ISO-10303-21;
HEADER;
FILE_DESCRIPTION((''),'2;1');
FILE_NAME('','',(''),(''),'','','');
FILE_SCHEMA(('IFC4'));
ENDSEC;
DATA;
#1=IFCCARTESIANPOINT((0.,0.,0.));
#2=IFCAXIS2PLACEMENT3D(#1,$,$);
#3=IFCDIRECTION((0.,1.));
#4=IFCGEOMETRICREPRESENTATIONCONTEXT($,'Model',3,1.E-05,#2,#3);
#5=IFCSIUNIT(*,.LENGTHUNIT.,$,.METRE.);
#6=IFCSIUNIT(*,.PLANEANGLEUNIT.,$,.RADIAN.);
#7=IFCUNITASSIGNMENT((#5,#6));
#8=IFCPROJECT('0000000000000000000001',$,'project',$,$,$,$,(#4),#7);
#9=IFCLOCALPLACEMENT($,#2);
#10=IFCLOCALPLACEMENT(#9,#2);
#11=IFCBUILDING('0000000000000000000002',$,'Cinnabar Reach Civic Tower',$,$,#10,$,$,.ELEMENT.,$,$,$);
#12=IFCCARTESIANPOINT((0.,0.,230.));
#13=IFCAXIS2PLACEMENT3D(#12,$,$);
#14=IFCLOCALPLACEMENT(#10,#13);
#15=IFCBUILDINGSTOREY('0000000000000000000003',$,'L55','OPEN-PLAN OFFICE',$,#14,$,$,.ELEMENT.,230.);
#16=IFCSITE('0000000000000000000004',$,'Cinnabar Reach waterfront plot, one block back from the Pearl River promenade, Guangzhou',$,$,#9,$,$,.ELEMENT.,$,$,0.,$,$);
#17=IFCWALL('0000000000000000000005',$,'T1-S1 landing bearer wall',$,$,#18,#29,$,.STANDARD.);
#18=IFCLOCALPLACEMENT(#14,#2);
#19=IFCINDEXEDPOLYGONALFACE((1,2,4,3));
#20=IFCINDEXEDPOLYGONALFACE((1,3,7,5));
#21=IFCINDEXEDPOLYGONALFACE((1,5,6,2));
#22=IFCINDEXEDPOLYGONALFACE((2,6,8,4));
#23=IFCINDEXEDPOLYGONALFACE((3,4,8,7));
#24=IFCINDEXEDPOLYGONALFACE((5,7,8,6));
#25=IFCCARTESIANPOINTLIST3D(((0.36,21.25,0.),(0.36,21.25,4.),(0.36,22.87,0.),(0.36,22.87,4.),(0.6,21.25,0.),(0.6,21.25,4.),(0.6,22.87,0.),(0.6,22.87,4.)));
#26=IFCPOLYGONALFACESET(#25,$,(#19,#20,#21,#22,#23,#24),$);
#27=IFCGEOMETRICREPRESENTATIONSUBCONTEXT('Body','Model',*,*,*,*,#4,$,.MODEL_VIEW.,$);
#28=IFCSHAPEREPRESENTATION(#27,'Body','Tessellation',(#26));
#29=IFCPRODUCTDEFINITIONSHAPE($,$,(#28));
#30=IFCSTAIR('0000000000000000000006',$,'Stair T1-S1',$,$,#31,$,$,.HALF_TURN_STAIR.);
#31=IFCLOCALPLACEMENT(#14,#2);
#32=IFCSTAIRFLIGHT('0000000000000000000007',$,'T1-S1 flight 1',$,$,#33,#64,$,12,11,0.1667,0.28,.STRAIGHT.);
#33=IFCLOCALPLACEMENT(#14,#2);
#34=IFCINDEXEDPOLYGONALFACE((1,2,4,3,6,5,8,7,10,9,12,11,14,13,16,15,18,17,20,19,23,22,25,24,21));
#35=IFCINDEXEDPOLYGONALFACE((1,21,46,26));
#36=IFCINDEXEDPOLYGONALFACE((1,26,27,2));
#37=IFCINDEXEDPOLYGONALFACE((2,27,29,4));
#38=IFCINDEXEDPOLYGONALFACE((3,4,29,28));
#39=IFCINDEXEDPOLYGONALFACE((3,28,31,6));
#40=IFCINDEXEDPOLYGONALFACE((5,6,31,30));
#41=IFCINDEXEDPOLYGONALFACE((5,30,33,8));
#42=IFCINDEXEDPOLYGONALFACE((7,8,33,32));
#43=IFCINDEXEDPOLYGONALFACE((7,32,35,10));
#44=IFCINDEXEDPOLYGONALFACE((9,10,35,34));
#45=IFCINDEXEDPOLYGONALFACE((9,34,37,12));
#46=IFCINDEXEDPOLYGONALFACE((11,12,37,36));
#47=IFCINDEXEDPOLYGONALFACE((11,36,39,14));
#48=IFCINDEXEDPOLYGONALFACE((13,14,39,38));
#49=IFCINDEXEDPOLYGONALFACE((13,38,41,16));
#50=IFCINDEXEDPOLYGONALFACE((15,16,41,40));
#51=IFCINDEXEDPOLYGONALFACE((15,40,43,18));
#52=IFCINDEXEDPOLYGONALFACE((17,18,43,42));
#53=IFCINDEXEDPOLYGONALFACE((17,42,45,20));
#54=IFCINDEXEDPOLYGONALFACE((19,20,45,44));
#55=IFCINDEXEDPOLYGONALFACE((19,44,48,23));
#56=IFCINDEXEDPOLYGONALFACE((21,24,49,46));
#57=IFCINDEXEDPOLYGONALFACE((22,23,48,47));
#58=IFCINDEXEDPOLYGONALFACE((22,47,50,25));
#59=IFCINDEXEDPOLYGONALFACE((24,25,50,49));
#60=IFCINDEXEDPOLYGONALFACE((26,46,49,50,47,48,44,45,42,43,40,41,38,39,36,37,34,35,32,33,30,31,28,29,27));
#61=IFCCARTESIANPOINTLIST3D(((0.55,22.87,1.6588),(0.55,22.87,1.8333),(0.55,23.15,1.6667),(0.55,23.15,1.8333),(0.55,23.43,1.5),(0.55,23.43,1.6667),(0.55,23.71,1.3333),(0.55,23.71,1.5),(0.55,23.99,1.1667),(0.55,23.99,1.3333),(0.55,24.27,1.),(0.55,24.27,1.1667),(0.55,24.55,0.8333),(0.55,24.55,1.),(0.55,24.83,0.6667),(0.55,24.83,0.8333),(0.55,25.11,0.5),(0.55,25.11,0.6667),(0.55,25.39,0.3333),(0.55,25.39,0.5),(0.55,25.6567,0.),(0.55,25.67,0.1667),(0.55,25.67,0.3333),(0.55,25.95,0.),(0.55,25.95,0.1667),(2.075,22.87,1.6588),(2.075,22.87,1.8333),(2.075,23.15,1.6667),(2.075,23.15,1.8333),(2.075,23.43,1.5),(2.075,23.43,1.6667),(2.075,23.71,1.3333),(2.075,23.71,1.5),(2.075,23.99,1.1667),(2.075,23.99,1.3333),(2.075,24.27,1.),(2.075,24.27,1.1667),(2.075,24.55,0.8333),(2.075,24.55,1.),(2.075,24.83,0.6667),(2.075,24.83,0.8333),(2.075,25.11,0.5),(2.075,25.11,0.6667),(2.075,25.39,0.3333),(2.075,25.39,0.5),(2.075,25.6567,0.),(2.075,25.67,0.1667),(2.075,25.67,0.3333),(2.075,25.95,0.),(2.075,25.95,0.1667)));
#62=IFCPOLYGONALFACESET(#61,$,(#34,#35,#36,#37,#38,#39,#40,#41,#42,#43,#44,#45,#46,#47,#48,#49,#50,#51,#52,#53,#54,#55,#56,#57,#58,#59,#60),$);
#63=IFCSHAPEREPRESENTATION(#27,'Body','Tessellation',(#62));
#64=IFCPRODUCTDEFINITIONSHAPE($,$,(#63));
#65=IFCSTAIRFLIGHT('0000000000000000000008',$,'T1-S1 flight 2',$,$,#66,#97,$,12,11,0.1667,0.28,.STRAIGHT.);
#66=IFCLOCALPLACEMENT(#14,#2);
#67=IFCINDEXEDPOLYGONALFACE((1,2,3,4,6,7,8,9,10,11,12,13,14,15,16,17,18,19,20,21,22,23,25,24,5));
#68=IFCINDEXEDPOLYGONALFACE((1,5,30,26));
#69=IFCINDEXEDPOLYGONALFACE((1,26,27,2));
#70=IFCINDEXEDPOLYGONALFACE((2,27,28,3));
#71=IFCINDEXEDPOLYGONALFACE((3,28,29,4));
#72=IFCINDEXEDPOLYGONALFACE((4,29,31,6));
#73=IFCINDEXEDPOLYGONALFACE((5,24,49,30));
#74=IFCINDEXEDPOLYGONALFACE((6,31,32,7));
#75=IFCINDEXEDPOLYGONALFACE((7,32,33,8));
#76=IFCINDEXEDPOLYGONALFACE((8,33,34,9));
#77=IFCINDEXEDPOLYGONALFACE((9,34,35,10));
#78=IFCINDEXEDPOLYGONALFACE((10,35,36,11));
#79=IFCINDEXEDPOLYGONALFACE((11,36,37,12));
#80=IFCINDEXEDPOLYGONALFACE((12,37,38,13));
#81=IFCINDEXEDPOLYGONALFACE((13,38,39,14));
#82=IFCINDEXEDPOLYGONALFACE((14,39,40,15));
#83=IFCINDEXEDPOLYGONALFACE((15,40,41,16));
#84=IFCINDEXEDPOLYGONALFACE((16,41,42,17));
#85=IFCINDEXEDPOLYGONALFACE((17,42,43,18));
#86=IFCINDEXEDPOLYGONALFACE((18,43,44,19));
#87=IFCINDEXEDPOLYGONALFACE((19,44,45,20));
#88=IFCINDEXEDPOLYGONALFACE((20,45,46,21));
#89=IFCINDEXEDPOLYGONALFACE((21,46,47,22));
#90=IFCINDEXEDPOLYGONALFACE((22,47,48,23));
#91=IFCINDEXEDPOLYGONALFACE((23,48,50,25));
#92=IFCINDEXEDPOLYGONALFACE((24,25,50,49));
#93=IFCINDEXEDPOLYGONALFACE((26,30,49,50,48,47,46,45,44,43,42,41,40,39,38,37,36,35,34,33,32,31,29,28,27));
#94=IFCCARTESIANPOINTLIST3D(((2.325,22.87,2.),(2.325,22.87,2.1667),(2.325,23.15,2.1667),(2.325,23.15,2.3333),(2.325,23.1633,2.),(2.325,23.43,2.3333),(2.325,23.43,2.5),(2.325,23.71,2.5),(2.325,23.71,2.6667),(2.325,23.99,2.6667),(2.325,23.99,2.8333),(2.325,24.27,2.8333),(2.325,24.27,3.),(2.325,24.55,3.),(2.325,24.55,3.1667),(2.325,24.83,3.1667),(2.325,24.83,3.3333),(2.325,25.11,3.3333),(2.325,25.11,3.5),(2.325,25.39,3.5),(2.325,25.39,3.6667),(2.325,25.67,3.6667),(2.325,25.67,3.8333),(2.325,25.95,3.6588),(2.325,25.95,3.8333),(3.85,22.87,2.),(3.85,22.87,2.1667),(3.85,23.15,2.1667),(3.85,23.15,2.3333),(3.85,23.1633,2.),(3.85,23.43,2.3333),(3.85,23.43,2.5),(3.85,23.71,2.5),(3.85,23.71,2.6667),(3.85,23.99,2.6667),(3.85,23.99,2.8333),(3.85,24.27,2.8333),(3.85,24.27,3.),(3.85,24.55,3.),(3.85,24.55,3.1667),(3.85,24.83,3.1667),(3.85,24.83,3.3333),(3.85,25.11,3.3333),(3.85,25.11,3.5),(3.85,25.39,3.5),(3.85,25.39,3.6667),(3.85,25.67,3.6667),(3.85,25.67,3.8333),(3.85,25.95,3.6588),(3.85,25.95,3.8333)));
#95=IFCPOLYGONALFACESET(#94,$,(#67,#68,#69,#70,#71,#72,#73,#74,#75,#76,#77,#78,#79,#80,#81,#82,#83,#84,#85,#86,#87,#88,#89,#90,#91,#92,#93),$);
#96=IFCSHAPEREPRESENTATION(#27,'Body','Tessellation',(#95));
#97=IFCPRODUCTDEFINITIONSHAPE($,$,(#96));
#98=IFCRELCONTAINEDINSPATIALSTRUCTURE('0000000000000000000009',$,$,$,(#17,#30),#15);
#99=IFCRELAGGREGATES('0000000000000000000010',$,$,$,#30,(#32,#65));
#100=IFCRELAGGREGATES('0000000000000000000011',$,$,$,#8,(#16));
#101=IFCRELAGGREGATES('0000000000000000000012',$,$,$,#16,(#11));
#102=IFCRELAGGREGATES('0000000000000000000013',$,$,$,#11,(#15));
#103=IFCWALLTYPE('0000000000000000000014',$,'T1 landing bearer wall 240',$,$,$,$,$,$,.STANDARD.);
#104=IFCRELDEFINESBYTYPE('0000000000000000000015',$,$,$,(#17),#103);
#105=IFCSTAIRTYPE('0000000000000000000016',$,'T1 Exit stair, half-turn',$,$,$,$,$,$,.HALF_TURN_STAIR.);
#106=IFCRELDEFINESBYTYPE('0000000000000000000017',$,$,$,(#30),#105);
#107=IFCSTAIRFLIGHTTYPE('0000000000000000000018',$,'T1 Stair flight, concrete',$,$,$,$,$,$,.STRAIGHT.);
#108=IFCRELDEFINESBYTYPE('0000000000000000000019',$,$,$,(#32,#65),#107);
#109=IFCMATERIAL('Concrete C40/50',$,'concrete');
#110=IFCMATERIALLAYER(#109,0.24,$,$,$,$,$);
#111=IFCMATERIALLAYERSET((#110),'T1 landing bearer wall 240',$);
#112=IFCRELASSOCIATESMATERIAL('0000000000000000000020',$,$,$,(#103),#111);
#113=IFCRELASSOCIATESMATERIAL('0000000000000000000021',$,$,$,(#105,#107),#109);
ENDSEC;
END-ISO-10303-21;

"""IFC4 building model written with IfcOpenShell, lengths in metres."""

from ifc_helpers import new_model, si_unit, direction, frame, frame_2d, origin, place, context, subcontext, project, spatial, polyline, rectangle, outline, extrude, material, layer, layer_set, type_object, element, aggregate, save


model = new_model("IFC4")

# Units and contexts
model_context = context("Model", 3, precision=1e-05, world=origin(), true_north=direction((0.0, 1.0)))
body_context = subcontext(model_context, "Body", "Model", "MODEL_VIEW")
ifc_project = project(units=[si_unit("LENGTHUNIT", "METRE"), si_unit("PLANEANGLEUNIT", "RADIAN")], contexts=[model_context])

# Site, building, storey
site_placement = place(None, origin())
site = spatial("IfcSite", under=ifc_project, at=site_placement, Name="Cinnabar Reach waterfront plot, one block back from the Pearl River promenade, Guangzhou", CompositionType="ELEMENT", RefElevation=0.0)
building_placement = place(site_placement, origin())
building = spatial("IfcBuilding", under=site, at=building_placement, Name="Cinnabar Reach Civic Tower", CompositionType="ELEMENT")
storey_placement = place(building_placement, frame((0.0, 0.0, 230.0)))
storey = spatial("IfcBuildingStorey", under=building, at=storey_placement, Name="L55", Description="OPEN-PLAN OFFICE", CompositionType="ELEMENT", Elevation=230.0)

# Wall
ifc_material_1 = material(Name="Concrete C40/50", Category="concrete")
ifc_layer_1 = layer(ifc_material_1, 0.24)
ifc_layer_set_1 = layer_set([ifc_layer_1], Name="T1 landing bearer wall 240")
wall_type_1 = type_object("IfcWallType", Name="T1 landing bearer wall 240", PredefinedType="STANDARD", material=ifc_layer_set_1)
wall_1_placement = place(storey_placement, frame((0.48, 21.25, 0.0), z_axis=(0.0, 0.0, 1.0), x_axis=(0.0, 1.0, 0.0)))
element("IfcWall", 1, at=wall_1_placement, inside=storey, type_object=wall_type_1, Name="T1-S1 landing bearer wall", PredefinedType="STANDARD", context=body_context, shape_type="SweptSolid", body=[
    extrude(rectangle(XDim=1.62, YDim=0.24, at=frame_2d((0.81, 0.0))), origin(), (0.0, 0.0, 1.0), 4.0),
])

# Stair, stair flights
stair_type = type_object("IfcStairType", Name="T1 Exit stair, half-turn", PredefinedType="HALF_TURN_STAIR", material=ifc_material_1)
stair_placement = place(storey_placement, origin())
stair = element("IfcStair", 2, at=stair_placement, inside=storey, type_object=stair_type, Name="Stair T1-S1", PredefinedType="HALF_TURN_STAIR")
stair_flight_type = type_object("IfcStairFlightType", Name="T1 Stair flight, concrete", PredefinedType="STRAIGHT", material=ifc_material_1)
stair_flight_1_placement = place(storey_placement, frame((1.3125, 25.95, 0.0), z_axis=(0.0, 0.0, 1.0), x_axis=(0.0, -1.0, 0.0)))
stair_flight_1 = element("IfcStairFlight", 3, at=stair_flight_1_placement, type_object=stair_flight_type, Name="T1-S1 flight 1", NumberOfRisers=12, NumberOfTreads=11, PredefinedType="STRAIGHT", RiserHeight=0.1667, TreadLength=0.28, context=body_context, shape_type="SweptSolid", body=[
    extrude(outline(polyline([(0.0, 0.0), (0.0, 0.1667), (0.28, 0.1667), (0.28, 0.3333), (0.56, 0.3333), (0.56, 0.5), (0.84, 0.5), (0.84, 0.6667), (1.12, 0.6667), (1.12, 0.8333), (1.4, 0.8333), (1.4, 1.0), (1.68, 1.0), (1.68, 1.1667), (1.96, 1.1667), (1.96, 1.3333), (2.24, 1.3333), (2.24, 1.5), (2.52, 1.5), (2.52, 1.6667), (2.8, 1.6667), (2.8, 1.8333), (3.08, 1.8333), (3.08, 2.0), (3.08, 1.6588), (0.2933, 0.0), (0.0, 0.0)])), frame((0.0, 0.7625, 0.0), z_axis=(0.0, -1.0, 0.0), x_axis=(1.0, 0.0, 0.0)), (0.0, 0.0, 1.0), 1.525),
])
stair_flight_2_placement = place(storey_placement, frame((3.0875, 22.87, 2.0), z_axis=(0.0, 0.0, 1.0), x_axis=(0.0, 1.0, 0.0)))
stair_flight_2 = element("IfcStairFlight", 4, at=stair_flight_2_placement, type_object=stair_flight_type, Name="T1-S1 flight 2", NumberOfRisers=12, NumberOfTreads=11, PredefinedType="STRAIGHT", RiserHeight=0.1667, TreadLength=0.28, context=body_context, shape_type="SweptSolid", body=[
    extrude(outline(polyline([(0.0, 0.0), (0.0, 0.1667), (0.28, 0.1667), (0.28, 0.3333), (0.56, 0.3333), (0.56, 0.5), (0.84, 0.5), (0.84, 0.6667), (1.12, 0.6667), (1.12, 0.8333), (1.4, 0.8333), (1.4, 1.0), (1.68, 1.0), (1.68, 1.1667), (1.96, 1.1667), (1.96, 1.3333), (2.24, 1.3333), (2.24, 1.5), (2.52, 1.5), (2.52, 1.6667), (2.8, 1.6667), (2.8, 1.8333), (3.08, 1.8333), (3.08, 2.0), (3.08, 1.6588), (0.2933, 0.0), (0.0, 0.0)])), frame((0.0, 0.7625, 0.0), z_axis=(0.0, -1.0, 0.0), x_axis=(1.0, 0.0, 0.0)), (0.0, 0.0, 1.0), 1.525),
])
aggregate(stair, [stair_flight_1, stair_flight_2])

save(model, "model.ifc")
